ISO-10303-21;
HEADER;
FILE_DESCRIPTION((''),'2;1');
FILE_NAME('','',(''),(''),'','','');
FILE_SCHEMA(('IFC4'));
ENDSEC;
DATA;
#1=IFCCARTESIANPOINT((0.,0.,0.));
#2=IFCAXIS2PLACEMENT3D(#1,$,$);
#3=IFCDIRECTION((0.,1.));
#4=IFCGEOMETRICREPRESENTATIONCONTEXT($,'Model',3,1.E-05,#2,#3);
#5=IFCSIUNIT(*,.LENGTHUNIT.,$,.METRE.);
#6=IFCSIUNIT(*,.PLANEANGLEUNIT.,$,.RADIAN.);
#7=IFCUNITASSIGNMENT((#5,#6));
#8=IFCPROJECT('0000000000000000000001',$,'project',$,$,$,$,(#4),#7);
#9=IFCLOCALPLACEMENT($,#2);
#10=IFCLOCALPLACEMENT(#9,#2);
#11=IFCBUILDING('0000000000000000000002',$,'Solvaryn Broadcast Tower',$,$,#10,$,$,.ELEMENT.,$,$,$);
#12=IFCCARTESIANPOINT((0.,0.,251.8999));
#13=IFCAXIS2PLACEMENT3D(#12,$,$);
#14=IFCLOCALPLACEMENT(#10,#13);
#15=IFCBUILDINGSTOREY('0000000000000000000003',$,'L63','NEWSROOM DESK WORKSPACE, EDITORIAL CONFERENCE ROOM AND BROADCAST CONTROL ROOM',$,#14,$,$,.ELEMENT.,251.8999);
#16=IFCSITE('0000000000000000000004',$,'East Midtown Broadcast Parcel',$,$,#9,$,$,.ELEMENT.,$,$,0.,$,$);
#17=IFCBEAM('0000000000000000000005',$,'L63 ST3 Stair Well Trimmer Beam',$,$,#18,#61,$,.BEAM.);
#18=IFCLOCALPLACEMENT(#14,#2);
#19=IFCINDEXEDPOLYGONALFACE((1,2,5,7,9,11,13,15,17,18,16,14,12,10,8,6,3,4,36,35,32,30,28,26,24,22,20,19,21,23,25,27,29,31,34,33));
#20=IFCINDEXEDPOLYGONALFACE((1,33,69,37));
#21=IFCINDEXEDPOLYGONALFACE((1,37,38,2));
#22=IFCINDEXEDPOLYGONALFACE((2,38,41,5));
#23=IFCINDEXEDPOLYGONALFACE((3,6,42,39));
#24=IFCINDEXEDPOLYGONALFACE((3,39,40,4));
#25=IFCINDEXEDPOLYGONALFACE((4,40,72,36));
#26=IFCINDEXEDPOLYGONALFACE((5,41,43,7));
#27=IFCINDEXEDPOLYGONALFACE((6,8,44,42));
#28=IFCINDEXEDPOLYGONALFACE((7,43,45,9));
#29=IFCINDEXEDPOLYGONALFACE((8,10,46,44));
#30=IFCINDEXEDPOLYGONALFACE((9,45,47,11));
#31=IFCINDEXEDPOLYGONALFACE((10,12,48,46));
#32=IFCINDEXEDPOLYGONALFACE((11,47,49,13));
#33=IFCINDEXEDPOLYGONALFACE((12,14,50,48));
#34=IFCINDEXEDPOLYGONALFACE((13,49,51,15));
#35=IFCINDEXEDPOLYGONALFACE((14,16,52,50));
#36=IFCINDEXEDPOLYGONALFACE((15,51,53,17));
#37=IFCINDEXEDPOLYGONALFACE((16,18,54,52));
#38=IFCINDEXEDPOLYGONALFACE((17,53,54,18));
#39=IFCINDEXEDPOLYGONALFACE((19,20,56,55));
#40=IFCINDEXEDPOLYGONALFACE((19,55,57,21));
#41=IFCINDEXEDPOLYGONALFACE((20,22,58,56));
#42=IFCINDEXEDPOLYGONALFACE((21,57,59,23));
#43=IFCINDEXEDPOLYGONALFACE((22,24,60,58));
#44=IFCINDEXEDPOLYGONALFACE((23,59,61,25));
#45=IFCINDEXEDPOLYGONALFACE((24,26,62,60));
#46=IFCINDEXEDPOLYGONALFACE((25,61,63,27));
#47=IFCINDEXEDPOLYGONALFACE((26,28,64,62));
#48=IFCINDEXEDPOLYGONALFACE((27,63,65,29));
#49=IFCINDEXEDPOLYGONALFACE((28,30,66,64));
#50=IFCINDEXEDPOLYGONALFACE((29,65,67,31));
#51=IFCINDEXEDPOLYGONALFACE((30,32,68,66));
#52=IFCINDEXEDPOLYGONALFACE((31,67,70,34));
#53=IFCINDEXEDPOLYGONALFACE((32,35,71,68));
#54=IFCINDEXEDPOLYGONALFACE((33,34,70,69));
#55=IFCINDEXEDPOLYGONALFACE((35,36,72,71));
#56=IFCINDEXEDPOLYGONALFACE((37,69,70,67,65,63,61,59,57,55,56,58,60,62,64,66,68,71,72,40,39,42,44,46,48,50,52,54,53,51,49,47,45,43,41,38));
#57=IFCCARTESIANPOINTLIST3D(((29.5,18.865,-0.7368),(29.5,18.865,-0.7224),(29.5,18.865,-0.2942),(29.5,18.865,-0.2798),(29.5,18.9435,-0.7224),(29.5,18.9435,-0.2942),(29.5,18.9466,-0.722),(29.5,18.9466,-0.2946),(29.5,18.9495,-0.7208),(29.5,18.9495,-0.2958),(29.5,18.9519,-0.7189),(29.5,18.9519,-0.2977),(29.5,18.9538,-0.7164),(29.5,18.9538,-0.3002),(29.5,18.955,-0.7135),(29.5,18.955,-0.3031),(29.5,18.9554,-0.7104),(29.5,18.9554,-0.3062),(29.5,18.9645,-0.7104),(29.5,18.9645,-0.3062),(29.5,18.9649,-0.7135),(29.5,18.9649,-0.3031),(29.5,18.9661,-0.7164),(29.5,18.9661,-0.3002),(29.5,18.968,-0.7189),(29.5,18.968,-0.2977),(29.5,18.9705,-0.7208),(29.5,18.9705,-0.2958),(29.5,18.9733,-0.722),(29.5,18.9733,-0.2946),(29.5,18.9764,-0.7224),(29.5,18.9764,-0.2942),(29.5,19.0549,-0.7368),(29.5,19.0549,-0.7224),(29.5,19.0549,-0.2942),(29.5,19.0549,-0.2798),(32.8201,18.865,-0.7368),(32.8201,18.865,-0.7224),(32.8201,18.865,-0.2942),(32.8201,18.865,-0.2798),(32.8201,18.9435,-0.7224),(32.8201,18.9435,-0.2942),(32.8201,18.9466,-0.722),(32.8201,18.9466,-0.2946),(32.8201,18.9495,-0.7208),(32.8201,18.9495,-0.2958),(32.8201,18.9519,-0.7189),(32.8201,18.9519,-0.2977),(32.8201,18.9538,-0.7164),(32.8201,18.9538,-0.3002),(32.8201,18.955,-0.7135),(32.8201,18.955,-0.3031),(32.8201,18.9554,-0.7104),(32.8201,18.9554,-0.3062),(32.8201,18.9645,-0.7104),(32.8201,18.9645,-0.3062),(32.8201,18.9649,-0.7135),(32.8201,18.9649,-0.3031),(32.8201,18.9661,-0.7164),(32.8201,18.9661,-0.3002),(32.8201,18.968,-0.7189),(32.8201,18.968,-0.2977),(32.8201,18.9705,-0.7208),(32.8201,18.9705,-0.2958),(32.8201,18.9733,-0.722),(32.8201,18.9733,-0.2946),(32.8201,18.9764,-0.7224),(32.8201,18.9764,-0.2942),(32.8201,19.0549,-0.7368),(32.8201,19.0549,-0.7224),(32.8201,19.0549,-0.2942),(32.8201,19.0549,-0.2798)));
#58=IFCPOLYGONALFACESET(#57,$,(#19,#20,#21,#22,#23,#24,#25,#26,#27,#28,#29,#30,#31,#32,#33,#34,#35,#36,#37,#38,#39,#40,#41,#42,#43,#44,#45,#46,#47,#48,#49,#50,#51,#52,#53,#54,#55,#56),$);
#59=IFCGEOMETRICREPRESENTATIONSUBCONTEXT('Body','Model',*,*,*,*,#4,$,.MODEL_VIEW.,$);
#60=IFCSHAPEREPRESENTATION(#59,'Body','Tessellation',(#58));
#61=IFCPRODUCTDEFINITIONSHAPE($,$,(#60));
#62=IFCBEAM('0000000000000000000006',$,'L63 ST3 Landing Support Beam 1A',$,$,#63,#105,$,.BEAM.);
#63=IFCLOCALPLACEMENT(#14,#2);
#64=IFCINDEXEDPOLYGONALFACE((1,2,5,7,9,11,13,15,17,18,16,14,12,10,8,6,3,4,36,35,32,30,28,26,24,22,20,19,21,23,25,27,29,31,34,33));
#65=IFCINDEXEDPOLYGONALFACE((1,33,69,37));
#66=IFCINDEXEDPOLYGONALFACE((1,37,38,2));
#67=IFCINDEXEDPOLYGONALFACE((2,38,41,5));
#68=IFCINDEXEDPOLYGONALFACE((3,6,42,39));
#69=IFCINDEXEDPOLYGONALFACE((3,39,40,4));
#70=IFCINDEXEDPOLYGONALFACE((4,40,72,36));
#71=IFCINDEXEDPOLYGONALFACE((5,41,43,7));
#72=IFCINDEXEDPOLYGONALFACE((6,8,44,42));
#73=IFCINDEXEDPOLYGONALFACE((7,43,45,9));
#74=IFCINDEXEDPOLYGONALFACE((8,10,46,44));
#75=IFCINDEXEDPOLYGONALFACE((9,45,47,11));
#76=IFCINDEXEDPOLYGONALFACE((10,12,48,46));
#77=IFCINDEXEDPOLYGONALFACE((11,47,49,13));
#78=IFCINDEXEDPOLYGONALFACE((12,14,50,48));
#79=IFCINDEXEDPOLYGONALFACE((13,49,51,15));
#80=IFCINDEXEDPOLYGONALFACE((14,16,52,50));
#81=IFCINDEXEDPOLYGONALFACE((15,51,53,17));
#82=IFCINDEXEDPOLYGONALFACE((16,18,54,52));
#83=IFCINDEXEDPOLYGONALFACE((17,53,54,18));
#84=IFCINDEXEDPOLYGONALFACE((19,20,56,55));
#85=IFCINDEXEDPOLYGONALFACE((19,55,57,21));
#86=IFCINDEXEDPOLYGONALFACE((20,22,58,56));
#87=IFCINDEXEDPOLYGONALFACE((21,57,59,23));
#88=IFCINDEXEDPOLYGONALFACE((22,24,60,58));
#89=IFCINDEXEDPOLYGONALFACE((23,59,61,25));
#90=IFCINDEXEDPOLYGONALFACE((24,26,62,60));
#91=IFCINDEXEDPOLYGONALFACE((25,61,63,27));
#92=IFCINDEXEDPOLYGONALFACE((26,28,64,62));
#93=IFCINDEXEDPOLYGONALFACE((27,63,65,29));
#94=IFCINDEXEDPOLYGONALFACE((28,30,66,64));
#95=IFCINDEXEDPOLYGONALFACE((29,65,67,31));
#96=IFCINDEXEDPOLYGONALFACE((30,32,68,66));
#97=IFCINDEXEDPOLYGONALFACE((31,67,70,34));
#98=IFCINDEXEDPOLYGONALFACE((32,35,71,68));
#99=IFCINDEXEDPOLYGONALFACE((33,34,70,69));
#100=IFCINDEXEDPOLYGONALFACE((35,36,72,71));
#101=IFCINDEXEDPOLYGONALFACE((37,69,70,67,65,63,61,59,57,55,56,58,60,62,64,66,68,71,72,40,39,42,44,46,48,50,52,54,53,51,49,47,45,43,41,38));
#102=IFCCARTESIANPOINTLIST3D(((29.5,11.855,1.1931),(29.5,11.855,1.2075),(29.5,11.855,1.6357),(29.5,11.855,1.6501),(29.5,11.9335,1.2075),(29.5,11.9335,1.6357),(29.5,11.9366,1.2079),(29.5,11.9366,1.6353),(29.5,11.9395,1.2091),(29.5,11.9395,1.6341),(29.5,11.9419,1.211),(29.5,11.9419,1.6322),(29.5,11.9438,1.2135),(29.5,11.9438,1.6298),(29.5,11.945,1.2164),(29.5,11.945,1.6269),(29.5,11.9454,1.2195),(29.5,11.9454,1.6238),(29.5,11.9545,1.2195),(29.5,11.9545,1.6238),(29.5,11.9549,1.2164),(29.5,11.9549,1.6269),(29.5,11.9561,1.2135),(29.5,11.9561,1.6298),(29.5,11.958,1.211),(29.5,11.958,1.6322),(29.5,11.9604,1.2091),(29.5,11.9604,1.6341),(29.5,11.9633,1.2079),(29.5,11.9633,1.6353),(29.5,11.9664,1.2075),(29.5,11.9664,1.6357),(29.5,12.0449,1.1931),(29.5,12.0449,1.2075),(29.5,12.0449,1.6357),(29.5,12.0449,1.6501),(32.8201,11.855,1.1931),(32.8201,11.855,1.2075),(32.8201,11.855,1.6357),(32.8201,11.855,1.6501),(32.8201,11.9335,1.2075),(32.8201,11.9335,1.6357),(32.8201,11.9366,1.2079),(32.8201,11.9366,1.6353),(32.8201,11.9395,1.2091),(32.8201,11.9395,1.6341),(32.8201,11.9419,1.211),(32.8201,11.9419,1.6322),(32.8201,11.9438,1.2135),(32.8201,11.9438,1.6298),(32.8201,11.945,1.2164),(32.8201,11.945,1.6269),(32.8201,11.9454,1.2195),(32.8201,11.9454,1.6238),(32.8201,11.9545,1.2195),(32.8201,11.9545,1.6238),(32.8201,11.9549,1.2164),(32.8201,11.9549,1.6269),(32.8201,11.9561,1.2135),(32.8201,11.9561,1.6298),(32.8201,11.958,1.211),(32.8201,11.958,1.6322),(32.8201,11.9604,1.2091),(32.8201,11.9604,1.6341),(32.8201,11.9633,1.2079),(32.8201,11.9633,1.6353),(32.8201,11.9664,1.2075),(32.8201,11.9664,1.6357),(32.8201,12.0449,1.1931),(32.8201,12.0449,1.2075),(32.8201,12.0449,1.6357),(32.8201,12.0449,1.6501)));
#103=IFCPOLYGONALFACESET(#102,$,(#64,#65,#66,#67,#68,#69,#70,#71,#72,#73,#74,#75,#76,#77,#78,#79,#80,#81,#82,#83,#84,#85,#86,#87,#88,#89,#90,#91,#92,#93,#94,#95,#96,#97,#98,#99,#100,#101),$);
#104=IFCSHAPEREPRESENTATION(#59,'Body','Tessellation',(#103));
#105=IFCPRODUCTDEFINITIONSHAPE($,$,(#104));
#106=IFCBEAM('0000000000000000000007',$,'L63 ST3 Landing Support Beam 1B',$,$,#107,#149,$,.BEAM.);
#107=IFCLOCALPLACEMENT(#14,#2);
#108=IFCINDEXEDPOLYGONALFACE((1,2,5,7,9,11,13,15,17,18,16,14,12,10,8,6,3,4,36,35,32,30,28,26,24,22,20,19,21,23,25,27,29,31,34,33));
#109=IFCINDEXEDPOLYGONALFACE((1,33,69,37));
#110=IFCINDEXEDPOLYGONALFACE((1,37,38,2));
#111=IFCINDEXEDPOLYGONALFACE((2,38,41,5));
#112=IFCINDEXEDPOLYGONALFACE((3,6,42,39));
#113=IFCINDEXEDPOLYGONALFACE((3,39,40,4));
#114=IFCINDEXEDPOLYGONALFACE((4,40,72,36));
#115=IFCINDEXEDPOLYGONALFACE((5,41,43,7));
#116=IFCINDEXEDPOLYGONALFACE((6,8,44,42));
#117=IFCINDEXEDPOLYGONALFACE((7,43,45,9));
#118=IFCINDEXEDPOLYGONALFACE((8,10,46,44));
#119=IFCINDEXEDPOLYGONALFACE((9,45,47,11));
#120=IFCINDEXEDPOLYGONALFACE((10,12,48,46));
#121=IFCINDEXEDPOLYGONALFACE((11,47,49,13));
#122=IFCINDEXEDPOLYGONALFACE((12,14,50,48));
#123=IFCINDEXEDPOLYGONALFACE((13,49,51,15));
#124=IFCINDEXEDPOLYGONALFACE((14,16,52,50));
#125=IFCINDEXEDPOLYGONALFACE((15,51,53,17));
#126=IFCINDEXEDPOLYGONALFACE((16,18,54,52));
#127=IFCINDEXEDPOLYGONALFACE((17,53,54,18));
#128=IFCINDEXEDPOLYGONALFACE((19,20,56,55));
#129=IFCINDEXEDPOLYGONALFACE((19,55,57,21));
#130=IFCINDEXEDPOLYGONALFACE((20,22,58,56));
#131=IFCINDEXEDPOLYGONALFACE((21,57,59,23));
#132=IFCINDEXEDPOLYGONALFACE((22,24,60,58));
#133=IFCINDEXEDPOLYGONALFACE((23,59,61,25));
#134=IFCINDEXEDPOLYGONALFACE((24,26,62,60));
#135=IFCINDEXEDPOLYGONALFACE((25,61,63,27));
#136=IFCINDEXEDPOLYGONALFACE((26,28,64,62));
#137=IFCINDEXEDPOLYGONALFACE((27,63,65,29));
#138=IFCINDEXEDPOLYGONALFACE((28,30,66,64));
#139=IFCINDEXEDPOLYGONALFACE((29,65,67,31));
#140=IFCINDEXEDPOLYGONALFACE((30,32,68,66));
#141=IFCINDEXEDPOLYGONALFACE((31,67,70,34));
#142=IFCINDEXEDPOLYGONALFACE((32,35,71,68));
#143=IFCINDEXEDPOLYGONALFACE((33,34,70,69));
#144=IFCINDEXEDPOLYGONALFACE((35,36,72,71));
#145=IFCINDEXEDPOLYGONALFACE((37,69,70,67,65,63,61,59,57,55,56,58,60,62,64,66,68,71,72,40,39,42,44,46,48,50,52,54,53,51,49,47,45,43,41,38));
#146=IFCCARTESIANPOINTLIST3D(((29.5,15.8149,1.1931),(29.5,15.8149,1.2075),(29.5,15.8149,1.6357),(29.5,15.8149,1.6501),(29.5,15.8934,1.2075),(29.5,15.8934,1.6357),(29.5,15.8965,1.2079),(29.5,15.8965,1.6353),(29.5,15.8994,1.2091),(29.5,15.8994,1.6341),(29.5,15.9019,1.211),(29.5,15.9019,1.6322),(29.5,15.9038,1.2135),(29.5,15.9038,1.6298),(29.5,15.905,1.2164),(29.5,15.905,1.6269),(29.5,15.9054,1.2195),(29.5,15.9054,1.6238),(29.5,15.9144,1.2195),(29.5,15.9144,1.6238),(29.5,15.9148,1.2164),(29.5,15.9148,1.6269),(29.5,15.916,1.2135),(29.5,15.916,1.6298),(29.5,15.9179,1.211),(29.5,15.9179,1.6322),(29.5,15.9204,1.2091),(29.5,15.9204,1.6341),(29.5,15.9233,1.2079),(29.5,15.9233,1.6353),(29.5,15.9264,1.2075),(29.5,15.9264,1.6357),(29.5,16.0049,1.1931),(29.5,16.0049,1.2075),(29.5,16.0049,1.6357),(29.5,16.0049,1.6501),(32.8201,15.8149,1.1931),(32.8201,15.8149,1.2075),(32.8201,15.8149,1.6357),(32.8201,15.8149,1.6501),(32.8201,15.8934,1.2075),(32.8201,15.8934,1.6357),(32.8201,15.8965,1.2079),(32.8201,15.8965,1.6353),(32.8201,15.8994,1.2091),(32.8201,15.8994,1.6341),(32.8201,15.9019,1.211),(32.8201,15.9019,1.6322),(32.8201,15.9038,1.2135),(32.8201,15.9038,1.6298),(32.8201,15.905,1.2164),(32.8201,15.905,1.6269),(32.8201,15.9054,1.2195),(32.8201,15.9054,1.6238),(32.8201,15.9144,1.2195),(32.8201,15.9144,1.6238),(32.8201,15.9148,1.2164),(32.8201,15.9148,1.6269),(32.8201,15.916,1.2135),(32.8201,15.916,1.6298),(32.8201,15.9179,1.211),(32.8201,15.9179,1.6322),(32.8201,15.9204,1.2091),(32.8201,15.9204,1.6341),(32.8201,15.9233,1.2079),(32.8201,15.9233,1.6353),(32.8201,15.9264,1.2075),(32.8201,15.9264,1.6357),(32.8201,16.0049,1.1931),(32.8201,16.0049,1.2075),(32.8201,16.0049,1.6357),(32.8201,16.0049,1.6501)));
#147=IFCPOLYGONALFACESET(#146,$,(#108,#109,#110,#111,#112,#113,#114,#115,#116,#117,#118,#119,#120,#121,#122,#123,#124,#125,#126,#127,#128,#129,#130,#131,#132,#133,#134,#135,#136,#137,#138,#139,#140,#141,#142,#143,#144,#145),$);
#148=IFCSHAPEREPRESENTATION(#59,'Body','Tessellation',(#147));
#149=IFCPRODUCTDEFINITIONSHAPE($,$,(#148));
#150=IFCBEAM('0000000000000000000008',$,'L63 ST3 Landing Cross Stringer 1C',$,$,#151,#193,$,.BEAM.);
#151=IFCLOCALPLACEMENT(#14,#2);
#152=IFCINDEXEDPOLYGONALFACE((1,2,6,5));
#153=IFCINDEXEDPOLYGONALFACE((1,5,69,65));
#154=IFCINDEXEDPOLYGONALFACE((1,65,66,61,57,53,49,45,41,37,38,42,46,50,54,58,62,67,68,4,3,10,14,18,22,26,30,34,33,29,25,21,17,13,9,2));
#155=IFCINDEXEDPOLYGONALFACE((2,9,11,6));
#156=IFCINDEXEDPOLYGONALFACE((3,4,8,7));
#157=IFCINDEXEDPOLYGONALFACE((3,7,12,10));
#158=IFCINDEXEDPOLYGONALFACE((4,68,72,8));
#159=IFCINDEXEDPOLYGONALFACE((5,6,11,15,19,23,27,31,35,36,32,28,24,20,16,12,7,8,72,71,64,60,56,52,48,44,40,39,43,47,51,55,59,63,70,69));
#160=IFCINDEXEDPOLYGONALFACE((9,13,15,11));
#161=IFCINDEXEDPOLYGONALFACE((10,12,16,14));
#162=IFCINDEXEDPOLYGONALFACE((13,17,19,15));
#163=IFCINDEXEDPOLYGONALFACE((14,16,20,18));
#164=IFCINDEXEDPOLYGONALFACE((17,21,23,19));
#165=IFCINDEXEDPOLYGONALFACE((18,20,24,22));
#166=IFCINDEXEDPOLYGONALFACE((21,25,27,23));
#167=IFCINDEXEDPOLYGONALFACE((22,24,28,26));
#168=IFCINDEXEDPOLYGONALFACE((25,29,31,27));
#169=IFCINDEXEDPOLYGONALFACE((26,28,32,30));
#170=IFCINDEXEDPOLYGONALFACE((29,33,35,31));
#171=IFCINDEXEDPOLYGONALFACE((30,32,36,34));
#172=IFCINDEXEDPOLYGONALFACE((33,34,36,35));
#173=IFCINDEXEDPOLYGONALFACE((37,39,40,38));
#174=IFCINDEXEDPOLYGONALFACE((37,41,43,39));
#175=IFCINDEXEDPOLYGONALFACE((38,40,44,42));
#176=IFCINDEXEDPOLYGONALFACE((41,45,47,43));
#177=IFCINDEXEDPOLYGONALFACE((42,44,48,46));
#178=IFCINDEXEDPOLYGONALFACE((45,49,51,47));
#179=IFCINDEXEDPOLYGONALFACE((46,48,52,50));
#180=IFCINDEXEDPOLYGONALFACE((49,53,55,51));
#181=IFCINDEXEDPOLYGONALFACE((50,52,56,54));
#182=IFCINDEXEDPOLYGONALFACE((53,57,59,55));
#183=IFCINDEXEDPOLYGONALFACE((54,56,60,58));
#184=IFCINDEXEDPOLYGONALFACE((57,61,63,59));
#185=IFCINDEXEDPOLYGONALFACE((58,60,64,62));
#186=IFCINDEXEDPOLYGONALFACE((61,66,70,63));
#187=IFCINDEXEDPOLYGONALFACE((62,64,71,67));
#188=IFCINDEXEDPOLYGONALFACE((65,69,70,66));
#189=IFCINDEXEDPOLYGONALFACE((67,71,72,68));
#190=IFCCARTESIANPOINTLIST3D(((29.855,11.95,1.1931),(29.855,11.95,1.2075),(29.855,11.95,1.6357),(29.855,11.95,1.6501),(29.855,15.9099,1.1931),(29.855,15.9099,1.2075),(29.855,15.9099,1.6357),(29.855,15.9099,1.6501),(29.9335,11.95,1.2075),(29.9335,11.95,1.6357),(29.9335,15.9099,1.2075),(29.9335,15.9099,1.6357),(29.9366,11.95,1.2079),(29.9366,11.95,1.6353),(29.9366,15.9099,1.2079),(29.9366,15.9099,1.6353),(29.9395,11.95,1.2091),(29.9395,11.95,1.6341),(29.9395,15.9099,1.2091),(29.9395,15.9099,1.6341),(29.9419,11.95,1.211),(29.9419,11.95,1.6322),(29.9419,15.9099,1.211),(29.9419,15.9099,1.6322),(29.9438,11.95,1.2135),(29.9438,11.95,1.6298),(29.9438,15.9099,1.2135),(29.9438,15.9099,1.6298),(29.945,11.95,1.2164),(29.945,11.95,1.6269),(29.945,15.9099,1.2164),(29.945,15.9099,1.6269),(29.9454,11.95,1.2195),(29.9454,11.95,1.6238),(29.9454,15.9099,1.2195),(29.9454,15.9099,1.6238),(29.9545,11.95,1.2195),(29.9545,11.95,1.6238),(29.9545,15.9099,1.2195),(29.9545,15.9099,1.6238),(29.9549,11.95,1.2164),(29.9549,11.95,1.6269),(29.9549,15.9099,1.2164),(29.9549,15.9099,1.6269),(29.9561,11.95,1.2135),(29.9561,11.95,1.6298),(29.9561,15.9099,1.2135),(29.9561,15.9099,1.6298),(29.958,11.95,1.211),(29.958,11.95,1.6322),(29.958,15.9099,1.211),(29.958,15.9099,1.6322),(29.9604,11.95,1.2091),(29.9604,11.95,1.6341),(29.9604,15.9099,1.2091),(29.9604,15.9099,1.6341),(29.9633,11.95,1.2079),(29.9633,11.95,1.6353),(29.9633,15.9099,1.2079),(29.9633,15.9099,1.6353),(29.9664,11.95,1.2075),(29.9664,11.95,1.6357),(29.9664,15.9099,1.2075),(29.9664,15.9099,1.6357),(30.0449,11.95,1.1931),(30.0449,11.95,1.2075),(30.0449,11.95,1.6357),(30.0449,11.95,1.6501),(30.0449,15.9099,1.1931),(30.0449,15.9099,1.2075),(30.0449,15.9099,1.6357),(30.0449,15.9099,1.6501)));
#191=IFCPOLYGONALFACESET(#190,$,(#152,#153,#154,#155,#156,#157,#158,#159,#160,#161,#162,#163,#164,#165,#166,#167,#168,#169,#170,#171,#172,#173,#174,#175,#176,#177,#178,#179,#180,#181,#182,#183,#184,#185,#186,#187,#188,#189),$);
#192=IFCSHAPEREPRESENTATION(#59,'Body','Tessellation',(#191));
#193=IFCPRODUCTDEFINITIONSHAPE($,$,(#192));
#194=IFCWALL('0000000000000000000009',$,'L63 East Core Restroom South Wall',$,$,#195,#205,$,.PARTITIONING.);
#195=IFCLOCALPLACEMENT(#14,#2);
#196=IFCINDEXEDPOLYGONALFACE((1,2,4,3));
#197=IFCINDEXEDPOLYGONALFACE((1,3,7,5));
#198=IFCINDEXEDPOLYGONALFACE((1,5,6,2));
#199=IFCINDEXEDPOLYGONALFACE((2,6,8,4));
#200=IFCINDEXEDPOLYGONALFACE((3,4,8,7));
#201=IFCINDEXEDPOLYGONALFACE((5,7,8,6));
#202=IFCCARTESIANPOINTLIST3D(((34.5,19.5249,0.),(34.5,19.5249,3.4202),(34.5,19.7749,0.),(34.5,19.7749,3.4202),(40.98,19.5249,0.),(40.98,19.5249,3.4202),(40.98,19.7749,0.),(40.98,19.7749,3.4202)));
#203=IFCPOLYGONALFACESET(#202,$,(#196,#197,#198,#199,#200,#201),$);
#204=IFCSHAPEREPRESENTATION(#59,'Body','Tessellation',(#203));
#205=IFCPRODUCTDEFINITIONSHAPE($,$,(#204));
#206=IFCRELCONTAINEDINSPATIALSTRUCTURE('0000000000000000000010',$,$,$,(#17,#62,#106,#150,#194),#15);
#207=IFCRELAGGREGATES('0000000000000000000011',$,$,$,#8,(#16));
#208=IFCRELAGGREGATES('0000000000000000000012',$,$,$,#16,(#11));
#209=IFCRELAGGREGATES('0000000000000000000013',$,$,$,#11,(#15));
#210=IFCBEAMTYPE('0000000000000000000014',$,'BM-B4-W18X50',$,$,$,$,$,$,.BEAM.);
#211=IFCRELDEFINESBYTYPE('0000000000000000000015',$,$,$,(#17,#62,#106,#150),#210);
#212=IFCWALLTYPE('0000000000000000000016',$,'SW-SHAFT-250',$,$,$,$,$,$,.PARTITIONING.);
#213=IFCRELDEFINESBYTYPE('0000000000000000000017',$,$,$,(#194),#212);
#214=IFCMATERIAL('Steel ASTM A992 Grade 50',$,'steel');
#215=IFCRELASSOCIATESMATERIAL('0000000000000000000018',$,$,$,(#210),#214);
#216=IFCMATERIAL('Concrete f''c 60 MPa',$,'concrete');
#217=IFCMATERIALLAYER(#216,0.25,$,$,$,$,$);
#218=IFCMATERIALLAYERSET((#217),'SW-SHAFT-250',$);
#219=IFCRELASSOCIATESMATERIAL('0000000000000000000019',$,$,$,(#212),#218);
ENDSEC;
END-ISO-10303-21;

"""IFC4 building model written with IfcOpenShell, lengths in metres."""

from ifc_helpers import new_model, si_unit, direction, frame, frame_2d, origin, origin_2d, place, context, subcontext, project, spatial, rectangle, i_section, extrude, material, layer, layer_set, material_profile, profile_set, type_object, element, save


model = new_model("IFC4")

# Units and contexts
model_context = context("Model", 3, precision=1e-05, world=origin(), true_north=direction((0.0, 1.0)))
body_context = subcontext(model_context, "Body", "Model", "MODEL_VIEW")
ifc_project = project(units=[si_unit("LENGTHUNIT", "METRE"), si_unit("PLANEANGLEUNIT", "RADIAN")], contexts=[model_context])

# Site, building, storey
site_placement = place(None, origin())
site = spatial("IfcSite", under=ifc_project, at=site_placement, Name="East Midtown Broadcast Parcel", CompositionType="ELEMENT", RefElevation=0.0)
building_placement = place(site_placement, origin())
building = spatial("IfcBuilding", under=site, at=building_placement, Name="Solvaryn Broadcast Tower", CompositionType="ELEMENT")
storey_placement = place(building_placement, frame((0.0, 0.0, 251.8999)))
storey = spatial("IfcBuildingStorey", under=building, at=storey_placement, Name="L63", Description="NEWSROOM DESK WORKSPACE, EDITORIAL CONFERENCE ROOM AND BROADCAST CONTROL ROOM", CompositionType="ELEMENT", Elevation=251.8999)

# Beams
ifc_material_1 = material(Name="Steel ASTM A992 Grade 50", Category="steel")
ifc_material_profile_1 = material_profile(ifc_material_1, i_section(OverallWidth=0.1899, OverallDepth=0.457, WebThickness=0.009, FlangeThickness=0.0144, FilletRadius=0.012, at=origin_2d()))
ifc_profile_set_1 = profile_set([ifc_material_profile_1], Name="Steel ASTM A992 Grade 50")
beam_type_1 = type_object("IfcBeamType", Name="BM-B4-W18X50", PredefinedType="BEAM", material=ifc_profile_set_1)
for number, where, z_axis, x_axis, name in (
    (1, (29.5, 18.96, -0.5083), (1.0, 0.0, 0.0), (0.0, 1.0, 0.0), "L63 ST3 Stair Well Trimmer Beam"),
    (2, (29.5, 11.95, 1.4216), (1.0, 0.0, 0.0), (0.0, 1.0, 0.0), "L63 ST3 Landing Support Beam 1A"),
    (3, (29.5, 15.9099, 1.4216), (1.0, 0.0, 0.0), (0.0, 1.0, 0.0), "L63 ST3 Landing Support Beam 1B"),
):
    element("IfcBeam", number, at=place(storey_placement, frame(where, z_axis=z_axis, x_axis=x_axis)), inside=storey, type_object=beam_type_1, Name=name, PredefinedType="BEAM", context=body_context, shape_type="SweptSolid", body=[
        extrude(i_section(OverallWidth=0.1899, OverallDepth=0.457, WebThickness=0.009, FlangeThickness=0.0144, FilletRadius=0.012, at=origin_2d()), origin(), (0.0, 0.0, 1.0), 3.3201),
    ])
beam_1_placement = place(storey_placement, frame((29.95, 11.95, 1.4216), z_axis=(0.0, 1.0, 0.0), x_axis=(-1.0, 0.0, 0.0)))
element("IfcBeam", 4, at=beam_1_placement, inside=storey, type_object=beam_type_1, Name="L63 ST3 Landing Cross Stringer 1C", PredefinedType="BEAM", context=body_context, shape_type="SweptSolid", body=[
    extrude(i_section(OverallWidth=0.1899, OverallDepth=0.457, WebThickness=0.009, FlangeThickness=0.0144, FilletRadius=0.012, at=origin_2d()), origin(), (0.0, 0.0, 1.0), 3.96),
])

# Wall
ifc_material_2 = material(Name="Concrete f'c 60 MPa", Category="concrete")
ifc_layer_1 = layer(ifc_material_2, 0.25)
ifc_layer_set_1 = layer_set([ifc_layer_1], Name="SW-SHAFT-250")
wall_type_1 = type_object("IfcWallType", Name="SW-SHAFT-250", PredefinedType="PARTITIONING", material=ifc_layer_set_1)
wall_1_placement = place(storey_placement, frame((34.5, 19.6499, 0.0), z_axis=(0.0, 0.0, 1.0), x_axis=(1.0, 0.0, 0.0)))
element("IfcWall", 5, at=wall_1_placement, inside=storey, type_object=wall_type_1, Name="L63 East Core Restroom South Wall", PredefinedType="PARTITIONING", context=body_context, shape_type="SweptSolid", body=[
    extrude(rectangle(XDim=6.48, YDim=0.25, at=frame_2d((3.24, 0.0))), origin(), (0.0, 0.0, 1.0), 3.4202),
])

save(model, "model.ifc")
